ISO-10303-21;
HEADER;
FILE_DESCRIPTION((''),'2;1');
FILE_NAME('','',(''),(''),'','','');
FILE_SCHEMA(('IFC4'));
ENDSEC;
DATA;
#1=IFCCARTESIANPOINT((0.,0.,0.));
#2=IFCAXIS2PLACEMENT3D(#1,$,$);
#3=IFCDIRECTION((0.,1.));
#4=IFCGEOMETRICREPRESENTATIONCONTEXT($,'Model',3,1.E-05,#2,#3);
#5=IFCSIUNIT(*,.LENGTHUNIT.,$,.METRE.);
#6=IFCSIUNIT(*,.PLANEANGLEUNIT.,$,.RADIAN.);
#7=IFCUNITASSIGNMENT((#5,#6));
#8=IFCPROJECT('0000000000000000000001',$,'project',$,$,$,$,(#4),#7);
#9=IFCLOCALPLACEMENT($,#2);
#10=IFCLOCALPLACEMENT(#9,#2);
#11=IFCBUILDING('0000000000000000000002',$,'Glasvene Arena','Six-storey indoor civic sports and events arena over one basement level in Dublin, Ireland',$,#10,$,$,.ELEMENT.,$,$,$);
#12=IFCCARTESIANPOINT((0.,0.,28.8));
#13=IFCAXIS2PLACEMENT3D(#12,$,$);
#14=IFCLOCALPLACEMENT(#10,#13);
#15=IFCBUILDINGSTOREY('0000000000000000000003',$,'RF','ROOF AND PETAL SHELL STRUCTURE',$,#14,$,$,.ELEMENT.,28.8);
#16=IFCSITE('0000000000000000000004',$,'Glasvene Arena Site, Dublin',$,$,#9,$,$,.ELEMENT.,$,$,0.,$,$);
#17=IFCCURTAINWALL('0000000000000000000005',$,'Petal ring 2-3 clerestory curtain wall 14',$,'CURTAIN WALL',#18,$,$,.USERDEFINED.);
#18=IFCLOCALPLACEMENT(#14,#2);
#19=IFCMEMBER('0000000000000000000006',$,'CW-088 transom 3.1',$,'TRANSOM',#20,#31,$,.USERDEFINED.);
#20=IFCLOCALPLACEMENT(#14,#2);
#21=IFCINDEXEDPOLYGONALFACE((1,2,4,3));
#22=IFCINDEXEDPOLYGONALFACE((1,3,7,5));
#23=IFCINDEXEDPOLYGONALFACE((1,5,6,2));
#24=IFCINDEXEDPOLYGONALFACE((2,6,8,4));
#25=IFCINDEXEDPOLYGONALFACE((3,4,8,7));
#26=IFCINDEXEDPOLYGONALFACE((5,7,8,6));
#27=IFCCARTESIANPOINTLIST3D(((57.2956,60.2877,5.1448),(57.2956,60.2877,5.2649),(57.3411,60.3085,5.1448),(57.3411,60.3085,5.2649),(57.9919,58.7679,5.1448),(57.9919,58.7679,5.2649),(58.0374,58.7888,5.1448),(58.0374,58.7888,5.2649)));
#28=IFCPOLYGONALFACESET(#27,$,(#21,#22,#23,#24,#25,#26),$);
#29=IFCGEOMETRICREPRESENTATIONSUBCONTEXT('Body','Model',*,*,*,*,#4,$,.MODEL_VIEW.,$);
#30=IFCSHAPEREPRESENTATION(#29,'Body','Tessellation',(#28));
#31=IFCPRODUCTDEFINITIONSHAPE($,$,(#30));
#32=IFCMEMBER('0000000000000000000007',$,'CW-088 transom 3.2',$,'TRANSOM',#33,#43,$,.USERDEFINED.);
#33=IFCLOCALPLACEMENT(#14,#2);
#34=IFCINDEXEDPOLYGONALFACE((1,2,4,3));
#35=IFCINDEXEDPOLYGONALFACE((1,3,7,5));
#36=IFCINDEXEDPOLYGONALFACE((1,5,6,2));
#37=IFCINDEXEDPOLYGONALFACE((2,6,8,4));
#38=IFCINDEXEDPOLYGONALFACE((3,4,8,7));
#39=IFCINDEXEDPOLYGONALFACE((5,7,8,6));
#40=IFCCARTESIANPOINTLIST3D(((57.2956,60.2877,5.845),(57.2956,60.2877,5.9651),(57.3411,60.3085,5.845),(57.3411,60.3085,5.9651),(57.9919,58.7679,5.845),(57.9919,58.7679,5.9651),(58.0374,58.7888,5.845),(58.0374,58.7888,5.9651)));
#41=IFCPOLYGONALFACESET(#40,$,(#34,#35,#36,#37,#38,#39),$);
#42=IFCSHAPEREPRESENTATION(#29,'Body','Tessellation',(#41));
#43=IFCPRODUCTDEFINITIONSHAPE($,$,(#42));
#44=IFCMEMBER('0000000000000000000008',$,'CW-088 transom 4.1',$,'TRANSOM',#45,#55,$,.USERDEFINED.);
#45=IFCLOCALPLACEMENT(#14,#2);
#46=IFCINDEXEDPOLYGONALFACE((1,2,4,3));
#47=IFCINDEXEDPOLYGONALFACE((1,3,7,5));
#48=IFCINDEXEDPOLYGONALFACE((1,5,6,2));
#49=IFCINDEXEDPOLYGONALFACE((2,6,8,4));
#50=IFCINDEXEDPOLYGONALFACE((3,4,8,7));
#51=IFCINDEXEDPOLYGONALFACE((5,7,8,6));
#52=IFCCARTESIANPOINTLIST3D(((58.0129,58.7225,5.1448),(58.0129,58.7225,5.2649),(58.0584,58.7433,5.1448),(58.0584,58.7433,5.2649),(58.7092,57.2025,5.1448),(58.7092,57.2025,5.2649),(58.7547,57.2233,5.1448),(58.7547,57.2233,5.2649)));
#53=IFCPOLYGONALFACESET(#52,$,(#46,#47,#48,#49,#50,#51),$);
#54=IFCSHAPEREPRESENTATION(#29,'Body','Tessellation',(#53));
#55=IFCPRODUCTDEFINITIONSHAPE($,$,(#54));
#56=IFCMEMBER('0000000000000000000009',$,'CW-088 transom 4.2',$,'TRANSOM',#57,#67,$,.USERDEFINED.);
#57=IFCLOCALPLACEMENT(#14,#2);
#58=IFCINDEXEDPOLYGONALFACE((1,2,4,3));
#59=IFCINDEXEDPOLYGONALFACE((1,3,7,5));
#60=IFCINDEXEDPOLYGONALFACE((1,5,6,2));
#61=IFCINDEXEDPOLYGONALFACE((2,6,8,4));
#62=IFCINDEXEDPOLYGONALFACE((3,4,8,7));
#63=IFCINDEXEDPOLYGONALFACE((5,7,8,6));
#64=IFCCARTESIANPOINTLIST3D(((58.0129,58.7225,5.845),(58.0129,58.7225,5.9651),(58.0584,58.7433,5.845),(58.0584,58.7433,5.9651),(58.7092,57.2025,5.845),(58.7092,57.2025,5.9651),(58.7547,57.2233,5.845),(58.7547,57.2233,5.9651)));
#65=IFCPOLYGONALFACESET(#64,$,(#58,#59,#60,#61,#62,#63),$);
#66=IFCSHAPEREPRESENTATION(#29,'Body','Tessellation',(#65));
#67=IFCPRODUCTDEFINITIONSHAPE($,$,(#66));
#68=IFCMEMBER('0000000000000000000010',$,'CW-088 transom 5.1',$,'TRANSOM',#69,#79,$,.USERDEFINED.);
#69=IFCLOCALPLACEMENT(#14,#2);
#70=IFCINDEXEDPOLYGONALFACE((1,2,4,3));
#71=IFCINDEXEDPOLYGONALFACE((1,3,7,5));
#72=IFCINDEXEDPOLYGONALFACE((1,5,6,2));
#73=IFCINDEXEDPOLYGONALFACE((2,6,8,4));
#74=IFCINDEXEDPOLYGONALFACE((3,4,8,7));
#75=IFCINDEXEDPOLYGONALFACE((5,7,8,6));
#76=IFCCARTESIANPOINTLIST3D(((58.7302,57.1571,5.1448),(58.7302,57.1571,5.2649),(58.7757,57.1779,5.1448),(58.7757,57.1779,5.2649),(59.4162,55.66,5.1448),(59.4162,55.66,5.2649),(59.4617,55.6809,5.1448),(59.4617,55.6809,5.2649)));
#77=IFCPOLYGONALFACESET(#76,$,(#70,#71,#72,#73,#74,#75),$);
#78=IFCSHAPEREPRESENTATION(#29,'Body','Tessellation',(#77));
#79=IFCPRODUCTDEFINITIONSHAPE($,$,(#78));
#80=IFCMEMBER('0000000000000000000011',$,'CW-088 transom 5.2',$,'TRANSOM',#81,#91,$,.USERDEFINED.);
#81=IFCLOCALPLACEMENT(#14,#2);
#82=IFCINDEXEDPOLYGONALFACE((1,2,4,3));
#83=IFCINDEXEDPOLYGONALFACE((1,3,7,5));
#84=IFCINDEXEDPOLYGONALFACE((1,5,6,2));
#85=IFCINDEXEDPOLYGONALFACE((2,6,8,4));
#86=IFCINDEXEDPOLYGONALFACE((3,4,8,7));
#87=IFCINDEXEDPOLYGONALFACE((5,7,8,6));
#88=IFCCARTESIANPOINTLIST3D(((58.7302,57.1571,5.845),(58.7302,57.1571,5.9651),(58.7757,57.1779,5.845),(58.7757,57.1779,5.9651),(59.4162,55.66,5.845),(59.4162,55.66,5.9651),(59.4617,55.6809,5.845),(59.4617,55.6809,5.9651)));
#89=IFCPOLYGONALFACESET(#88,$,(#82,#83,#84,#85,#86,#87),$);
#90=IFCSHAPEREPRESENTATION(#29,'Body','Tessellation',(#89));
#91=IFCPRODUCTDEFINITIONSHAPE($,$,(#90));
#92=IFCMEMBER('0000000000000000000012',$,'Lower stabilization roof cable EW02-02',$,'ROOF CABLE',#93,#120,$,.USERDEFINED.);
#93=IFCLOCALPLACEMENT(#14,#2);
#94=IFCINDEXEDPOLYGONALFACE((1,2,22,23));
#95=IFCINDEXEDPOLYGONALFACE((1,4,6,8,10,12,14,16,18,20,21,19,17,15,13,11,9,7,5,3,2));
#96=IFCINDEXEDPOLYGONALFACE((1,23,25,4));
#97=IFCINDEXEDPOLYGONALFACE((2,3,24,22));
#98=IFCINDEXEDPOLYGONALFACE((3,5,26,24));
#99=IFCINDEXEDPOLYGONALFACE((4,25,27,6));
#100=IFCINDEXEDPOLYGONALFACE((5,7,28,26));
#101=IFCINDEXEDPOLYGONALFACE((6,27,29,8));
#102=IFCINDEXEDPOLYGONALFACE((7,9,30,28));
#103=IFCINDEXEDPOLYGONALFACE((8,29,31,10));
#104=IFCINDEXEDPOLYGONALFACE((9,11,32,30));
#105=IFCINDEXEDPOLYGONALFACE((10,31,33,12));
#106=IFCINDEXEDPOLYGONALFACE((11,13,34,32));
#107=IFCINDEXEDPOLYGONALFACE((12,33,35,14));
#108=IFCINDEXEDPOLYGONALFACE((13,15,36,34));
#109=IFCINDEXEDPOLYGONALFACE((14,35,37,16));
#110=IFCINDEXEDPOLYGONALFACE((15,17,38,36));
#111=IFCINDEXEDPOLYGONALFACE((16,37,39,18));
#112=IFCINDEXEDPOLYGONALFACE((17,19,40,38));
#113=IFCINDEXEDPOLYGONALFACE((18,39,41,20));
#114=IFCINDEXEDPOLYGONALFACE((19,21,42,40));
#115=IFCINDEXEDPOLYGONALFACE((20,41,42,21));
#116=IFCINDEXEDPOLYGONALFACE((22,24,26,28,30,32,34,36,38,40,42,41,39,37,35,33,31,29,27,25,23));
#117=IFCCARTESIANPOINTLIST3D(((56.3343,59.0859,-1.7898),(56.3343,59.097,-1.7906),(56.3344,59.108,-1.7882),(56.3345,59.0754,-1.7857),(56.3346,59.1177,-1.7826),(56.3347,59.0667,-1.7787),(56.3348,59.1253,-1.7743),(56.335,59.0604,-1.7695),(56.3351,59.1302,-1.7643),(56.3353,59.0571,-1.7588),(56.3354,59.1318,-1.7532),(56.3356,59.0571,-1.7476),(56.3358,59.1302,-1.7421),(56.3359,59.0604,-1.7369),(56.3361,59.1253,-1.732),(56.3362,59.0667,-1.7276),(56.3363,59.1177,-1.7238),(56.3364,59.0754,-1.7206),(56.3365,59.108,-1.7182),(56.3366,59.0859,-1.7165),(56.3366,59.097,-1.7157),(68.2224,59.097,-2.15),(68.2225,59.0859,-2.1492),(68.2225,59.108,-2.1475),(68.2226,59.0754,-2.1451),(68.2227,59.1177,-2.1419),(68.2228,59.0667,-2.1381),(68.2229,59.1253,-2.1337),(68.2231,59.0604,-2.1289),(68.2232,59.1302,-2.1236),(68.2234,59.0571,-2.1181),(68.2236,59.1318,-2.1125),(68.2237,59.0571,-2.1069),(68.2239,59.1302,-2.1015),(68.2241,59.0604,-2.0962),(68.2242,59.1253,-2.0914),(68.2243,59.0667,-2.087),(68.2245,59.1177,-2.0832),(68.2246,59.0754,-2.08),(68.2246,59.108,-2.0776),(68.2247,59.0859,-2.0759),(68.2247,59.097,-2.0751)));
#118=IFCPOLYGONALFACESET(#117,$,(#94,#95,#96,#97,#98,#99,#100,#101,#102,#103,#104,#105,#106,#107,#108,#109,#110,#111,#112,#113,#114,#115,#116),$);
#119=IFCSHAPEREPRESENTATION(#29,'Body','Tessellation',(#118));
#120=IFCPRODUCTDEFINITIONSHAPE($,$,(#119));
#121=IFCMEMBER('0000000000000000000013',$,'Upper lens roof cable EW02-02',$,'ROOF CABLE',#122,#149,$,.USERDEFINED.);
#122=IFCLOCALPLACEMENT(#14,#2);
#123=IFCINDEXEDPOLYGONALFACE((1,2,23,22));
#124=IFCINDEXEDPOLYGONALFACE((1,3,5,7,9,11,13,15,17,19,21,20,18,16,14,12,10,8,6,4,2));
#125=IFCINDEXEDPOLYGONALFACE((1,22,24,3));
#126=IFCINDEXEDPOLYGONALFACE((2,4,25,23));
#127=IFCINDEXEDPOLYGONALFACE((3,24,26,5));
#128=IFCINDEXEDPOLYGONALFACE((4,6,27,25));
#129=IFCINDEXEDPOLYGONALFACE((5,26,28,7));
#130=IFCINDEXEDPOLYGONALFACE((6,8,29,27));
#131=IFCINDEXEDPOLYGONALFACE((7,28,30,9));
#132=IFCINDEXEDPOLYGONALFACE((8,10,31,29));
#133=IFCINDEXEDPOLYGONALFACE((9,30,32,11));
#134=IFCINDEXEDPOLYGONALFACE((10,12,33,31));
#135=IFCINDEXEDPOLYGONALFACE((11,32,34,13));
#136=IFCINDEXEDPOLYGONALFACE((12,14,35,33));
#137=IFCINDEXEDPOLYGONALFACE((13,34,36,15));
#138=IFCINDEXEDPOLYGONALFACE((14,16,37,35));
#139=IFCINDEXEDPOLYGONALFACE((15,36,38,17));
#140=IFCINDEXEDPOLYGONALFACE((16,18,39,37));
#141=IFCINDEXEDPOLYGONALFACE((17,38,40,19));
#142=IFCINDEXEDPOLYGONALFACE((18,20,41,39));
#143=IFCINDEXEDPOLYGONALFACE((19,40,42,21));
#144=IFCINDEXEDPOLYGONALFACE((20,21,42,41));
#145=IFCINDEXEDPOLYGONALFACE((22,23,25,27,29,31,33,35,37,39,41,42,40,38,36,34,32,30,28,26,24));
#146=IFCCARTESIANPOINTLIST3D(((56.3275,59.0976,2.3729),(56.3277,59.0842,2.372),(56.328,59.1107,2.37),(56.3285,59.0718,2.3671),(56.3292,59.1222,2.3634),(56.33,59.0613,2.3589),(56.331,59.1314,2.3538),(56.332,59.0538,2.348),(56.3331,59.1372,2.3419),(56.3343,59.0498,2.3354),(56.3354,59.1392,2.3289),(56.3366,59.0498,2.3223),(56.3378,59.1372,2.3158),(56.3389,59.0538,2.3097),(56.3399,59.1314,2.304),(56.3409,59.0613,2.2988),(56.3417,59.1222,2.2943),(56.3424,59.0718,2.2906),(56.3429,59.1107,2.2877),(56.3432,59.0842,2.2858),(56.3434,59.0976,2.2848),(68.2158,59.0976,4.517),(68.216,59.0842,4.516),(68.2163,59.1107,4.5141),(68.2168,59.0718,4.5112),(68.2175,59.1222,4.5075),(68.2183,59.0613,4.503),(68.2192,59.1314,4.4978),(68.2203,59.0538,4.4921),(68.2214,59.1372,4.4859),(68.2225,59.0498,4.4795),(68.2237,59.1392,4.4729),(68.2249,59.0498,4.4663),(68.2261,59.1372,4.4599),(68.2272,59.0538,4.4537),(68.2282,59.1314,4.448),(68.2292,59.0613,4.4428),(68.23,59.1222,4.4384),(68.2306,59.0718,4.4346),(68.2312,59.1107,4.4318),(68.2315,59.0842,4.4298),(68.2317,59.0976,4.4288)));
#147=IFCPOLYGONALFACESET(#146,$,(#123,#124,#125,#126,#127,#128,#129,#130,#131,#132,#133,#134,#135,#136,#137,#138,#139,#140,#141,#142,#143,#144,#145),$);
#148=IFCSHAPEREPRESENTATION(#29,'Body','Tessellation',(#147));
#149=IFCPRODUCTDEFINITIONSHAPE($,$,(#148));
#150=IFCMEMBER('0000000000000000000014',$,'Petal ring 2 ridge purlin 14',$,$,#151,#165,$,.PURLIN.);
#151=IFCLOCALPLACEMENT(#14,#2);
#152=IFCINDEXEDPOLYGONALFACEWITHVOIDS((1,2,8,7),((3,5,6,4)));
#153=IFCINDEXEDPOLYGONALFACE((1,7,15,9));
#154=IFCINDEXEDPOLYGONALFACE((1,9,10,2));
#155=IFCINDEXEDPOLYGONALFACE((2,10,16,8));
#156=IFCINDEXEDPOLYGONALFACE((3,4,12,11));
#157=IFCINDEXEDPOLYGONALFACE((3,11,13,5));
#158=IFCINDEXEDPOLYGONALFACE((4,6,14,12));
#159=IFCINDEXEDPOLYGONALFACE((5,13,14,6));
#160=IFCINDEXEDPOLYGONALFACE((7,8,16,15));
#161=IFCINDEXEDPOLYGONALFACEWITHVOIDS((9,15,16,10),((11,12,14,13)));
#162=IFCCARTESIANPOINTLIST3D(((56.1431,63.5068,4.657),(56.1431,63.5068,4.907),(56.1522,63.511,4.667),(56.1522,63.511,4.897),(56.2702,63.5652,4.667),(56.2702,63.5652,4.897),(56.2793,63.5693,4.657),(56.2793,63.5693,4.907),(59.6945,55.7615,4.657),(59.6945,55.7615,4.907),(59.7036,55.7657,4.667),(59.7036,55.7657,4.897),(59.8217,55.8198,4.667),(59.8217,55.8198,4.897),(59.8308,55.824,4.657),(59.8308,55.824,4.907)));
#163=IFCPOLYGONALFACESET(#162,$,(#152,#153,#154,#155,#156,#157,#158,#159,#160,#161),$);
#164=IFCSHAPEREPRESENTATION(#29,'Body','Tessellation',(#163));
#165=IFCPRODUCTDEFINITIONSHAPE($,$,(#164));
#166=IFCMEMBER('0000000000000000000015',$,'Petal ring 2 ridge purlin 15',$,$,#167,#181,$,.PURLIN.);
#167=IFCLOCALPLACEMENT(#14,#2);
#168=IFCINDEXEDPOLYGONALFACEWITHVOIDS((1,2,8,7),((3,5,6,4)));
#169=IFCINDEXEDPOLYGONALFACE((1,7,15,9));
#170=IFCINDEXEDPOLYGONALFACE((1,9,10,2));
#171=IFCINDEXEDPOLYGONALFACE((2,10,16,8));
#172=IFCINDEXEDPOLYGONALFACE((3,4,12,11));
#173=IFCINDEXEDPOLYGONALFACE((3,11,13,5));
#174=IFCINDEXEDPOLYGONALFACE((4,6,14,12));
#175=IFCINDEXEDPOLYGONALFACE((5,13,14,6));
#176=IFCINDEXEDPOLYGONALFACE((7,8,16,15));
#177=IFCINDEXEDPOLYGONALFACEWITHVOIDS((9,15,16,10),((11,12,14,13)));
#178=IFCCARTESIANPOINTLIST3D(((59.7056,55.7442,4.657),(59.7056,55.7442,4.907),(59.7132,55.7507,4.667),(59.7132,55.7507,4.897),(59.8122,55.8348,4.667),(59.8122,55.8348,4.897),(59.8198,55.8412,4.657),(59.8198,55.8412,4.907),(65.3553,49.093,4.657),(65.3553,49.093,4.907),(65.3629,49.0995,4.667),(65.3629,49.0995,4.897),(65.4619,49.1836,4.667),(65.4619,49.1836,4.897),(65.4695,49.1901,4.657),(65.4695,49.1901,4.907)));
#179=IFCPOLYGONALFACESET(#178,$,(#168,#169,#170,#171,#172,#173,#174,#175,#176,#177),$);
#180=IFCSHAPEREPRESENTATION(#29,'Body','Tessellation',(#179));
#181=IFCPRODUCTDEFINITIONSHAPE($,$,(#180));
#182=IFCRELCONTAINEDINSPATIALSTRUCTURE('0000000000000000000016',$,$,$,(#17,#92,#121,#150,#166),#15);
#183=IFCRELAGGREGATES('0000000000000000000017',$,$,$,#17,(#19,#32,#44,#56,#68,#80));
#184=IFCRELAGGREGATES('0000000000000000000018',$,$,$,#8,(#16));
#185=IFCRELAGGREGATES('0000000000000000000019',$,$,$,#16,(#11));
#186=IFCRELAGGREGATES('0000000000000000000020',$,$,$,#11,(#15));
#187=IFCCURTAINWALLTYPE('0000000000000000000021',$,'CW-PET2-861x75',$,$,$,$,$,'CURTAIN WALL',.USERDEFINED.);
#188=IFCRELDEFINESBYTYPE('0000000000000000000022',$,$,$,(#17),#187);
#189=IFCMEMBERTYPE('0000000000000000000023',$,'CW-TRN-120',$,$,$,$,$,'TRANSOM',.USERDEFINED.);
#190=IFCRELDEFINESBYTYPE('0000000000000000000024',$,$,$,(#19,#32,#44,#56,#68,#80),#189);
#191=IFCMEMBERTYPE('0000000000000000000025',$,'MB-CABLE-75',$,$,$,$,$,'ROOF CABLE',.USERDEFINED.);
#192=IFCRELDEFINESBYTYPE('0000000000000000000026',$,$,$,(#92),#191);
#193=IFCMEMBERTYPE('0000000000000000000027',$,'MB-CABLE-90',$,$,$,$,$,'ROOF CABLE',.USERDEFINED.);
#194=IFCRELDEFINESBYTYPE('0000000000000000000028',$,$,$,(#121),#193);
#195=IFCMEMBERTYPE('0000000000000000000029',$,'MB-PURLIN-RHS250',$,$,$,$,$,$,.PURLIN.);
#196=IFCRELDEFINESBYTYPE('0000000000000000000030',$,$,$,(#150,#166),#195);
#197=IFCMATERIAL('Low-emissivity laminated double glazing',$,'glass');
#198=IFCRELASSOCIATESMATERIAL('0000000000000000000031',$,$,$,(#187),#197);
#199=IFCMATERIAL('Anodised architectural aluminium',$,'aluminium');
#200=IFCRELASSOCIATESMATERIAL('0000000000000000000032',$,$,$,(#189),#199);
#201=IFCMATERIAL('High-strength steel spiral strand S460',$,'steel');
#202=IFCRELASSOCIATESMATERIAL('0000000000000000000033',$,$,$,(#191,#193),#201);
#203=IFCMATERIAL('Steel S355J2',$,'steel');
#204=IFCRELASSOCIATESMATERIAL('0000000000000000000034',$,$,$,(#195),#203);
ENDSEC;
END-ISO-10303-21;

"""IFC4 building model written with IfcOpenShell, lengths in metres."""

from ifc_helpers import new_model, si_unit, direction, frame, origin, origin_2d, place, context, subcontext, project, spatial, rectangle, hollow_rectangle, circle, extrude, material, material_profile, profile_set, type_object, element, aggregate, save


model = new_model("IFC4")

# Units and contexts
model_context = context("Model", 3, precision=1e-05, world=origin(), true_north=direction((0.0, 1.0)))
body_context = subcontext(model_context, "Body", "Model", "MODEL_VIEW")
ifc_project = project(units=[si_unit("LENGTHUNIT", "METRE"), si_unit("PLANEANGLEUNIT", "RADIAN")], contexts=[model_context])

# Site, building, storey
site_placement = place(None, origin())
site = spatial("IfcSite", under=ifc_project, at=site_placement, Name="Glasvene Arena Site, Dublin", CompositionType="ELEMENT", RefElevation=0.0)
building_placement = place(site_placement, origin())
building = spatial("IfcBuilding", under=site, at=building_placement, Name="Glasvene Arena", Description="Six-storey indoor civic sports and events arena over one basement level in Dublin, Ireland", CompositionType="ELEMENT")
storey_placement = place(building_placement, frame((0.0, 0.0, 28.8)))
storey = spatial("IfcBuildingStorey", under=building, at=storey_placement, Name="RF", Description="ROOF AND PETAL SHELL STRUCTURE", CompositionType="ELEMENT", Elevation=28.8)

# Shared definitions
ifc_material_1 = material(Name="Low-emissivity laminated double glazing", Category="glass")
ifc_material_2 = material(Name="Anodised architectural aluminium", Category="aluminium")

# Curtain wall
curtain_wall_type_1 = type_object("IfcCurtainWallType", Name="CW-PET2-861x75", ElementType="CURTAIN WALL", PredefinedType="USERDEFINED", material=ifc_material_1)
curtain_wall_1_placement = place(storey_placement, frame((55.8733, 63.4514, 0.0)))
curtain_wall_1 = element("IfcCurtainWall", 1, at=curtain_wall_1_placement, inside=storey, type_object=curtain_wall_type_1, Name="Petal ring 2-3 clerestory curtain wall 14", ObjectType="CURTAIN WALL", PredefinedType="USERDEFINED")

# Members
ifc_material_profile_1 = material_profile(ifc_material_2, rectangle(XDim=0.05, YDim=0.1201, at=origin_2d()), Name="ALU TRANSOM 50x120")
ifc_profile_set_1 = profile_set([ifc_material_profile_1], Name="Anodised architectural aluminium")
member_type_1 = type_object("IfcMemberType", Name="CW-TRN-120", ElementType="TRANSOM", PredefinedType="USERDEFINED", material=ifc_profile_set_1)
member_1_placement = place(storey_placement, frame((57.3184, 60.2981, 5.2048), z_axis=(0.416519, -0.909127, 0.0), x_axis=(0.909127, 0.416519, 0.0)))
member_1 = element("IfcMember", 2, at=member_1_placement, type_object=member_type_1, Name="CW-088 transom 3.1", ObjectType="TRANSOM", PredefinedType="USERDEFINED", context=body_context, shape_type="SweptSolid", body=[
    extrude(rectangle(XDim=0.05, YDim=0.1201, at=origin_2d()), origin(), (0.0, 0.0, 1.0), 1.6716),
])
member_2_placement = place(storey_placement, frame((57.3184, 60.2981, 5.905), z_axis=(0.416519, -0.909127, 0.0), x_axis=(0.909127, 0.416519, 0.0)))
member_2 = element("IfcMember", 3, at=member_2_placement, type_object=member_type_1, Name="CW-088 transom 3.2", ObjectType="TRANSOM", PredefinedType="USERDEFINED", context=body_context, shape_type="SweptSolid", body=[
    extrude(rectangle(XDim=0.05, YDim=0.1201, at=origin_2d()), origin(), (0.0, 0.0, 1.0), 1.6716),
])
member_3_placement = place(storey_placement, frame((58.0356, 58.7329, 5.2048), z_axis=(0.416464, -0.909152, 0.0), x_axis=(0.909152, 0.416464, 0.0)))
member_3 = element("IfcMember", 4, at=member_3_placement, type_object=member_type_1, Name="CW-088 transom 4.1", ObjectType="TRANSOM", PredefinedType="USERDEFINED", context=body_context, shape_type="SweptSolid", body=[
    extrude(rectangle(XDim=0.05, YDim=0.1201, at=origin_2d()), origin(), (0.0, 0.0, 1.0), 1.6719),
])
member_4_placement = place(storey_placement, frame((58.0356, 58.7329, 5.905), z_axis=(0.416464, -0.909152, 0.0), x_axis=(0.909152, 0.416464, 0.0)))
member_4 = element("IfcMember", 5, at=member_4_placement, type_object=member_type_1, Name="CW-088 transom 4.2", ObjectType="TRANSOM", PredefinedType="USERDEFINED", context=body_context, shape_type="SweptSolid", body=[
    extrude(rectangle(XDim=0.05, YDim=0.1201, at=origin_2d()), origin(), (0.0, 0.0, 1.0), 1.6719),
])
member_5_placement = place(storey_placement, frame((58.7529, 57.1675, 5.2048), z_axis=(0.416593, -0.909093, 0.0), x_axis=(0.909093, 0.416593, 0.0)))
member_5 = element("IfcMember", 6, at=member_5_placement, type_object=member_type_1, Name="CW-088 transom 5.1", ObjectType="TRANSOM", PredefinedType="USERDEFINED", context=body_context, shape_type="SweptSolid", body=[
    extrude(rectangle(XDim=0.05, YDim=0.1201, at=origin_2d()), origin(), (0.0, 0.0, 1.0), 1.6467),
])
member_6_placement = place(storey_placement, frame((58.7529, 57.1675, 5.905), z_axis=(0.416593, -0.909093, 0.0), x_axis=(0.909093, 0.416593, 0.0)))
member_6 = element("IfcMember", 7, at=member_6_placement, type_object=member_type_1, Name="CW-088 transom 5.2", ObjectType="TRANSOM", PredefinedType="USERDEFINED", context=body_context, shape_type="SweptSolid", body=[
    extrude(rectangle(XDim=0.05, YDim=0.1201, at=origin_2d()), origin(), (0.0, 0.0, 1.0), 1.6467),
])

# Members
ifc_material_3 = material(Name="High-strength steel spiral strand S460", Category="steel")
ifc_material_profile_2 = material_profile(ifc_material_3, circle(Radius=0.0376, at=origin_2d()), Name="LCSS D75")
ifc_profile_set_2 = profile_set([ifc_material_profile_2], Name="High-strength steel spiral strand S460")
member_type_2 = type_object("IfcMemberType", Name="MB-CABLE-75", ElementType="ROOF CABLE", PredefinedType="USERDEFINED", material=ifc_profile_set_2)
member_7_placement = place(storey_placement, frame((56.3354, 59.0942, -1.7532), z_axis=(0.999543, 0.0, -0.030216), x_axis=(0.0, 1.0, 0.0)))
element("IfcMember", 8, at=member_7_placement, inside=storey, type_object=member_type_2, Name="Lower stabilization roof cable EW02-02", ObjectType="ROOF CABLE", PredefinedType="USERDEFINED", context=body_context, shape_type="SweptSolid", body=[
    extrude(circle(Radius=0.0376, at=origin_2d()), origin(), (0.0, 0.0, 1.0), 11.8936),
])
ifc_material_profile_3 = material_profile(ifc_material_3, circle(Radius=0.0449, at=origin_2d()), Name="LCSS D90")
ifc_profile_set_3 = profile_set([ifc_material_profile_3], Name="High-strength steel spiral strand S460")
member_type_3 = type_object("IfcMemberType", Name="MB-CABLE-90", ElementType="ROOF CABLE", PredefinedType="USERDEFINED", material=ifc_profile_set_3)
member_8_placement = place(storey_placement, frame((56.3354, 59.0942, 2.3289), z_axis=(0.984123, 0.0, 0.177487), x_axis=(0.0, 1.0, 0.0)))
element("IfcMember", 9, at=member_8_placement, inside=storey, type_object=member_type_3, Name="Upper lens roof cable EW02-02", ObjectType="ROOF CABLE", PredefinedType="USERDEFINED", context=body_context, shape_type="SweptSolid", body=[
    extrude(circle(Radius=0.0449, at=origin_2d()), origin(), (0.0, 0.0, 1.0), 12.0801),
])
ifc_material_4 = material(Name="Steel S355J2", Category="steel")
ifc_material_profile_4 = material_profile(ifc_material_4, hollow_rectangle(XDim=0.1499, YDim=0.25, WallThickness=0.01, at=origin_2d()), Name="RHS 250x150x10.0")
ifc_profile_set_4 = profile_set([ifc_material_profile_4], Name="Steel S355J2")
member_type_4 = type_object("IfcMemberType", Name="MB-PURLIN-RHS250", PredefinedType="PURLIN", material=ifc_profile_set_4)
member_9_placement = place(storey_placement, frame((56.2112, 63.5381, 4.782), z_axis=(0.416806, -0.908996, 0.0), x_axis=(0.908996, 0.416806, 0.0)))
element("IfcMember", 10, at=member_9_placement, inside=storey, type_object=member_type_4, Name="Petal ring 2 ridge purlin 14", PredefinedType="PURLIN", context=body_context, shape_type="SweptSolid", body=[
    extrude(hollow_rectangle(XDim=0.1499, YDim=0.25, WallThickness=0.01, at=origin_2d()), origin(), (0.0, 0.0, 1.0), 8.5208),
])
member_10_placement = place(storey_placement, frame((59.7627, 55.7927, 4.782), z_axis=(0.647396, -0.762154, 0.0), x_axis=(0.762154, 0.647396, 0.0)))
element("IfcMember", 11, at=member_10_placement, inside=storey, type_object=member_type_4, Name="Petal ring 2 ridge purlin 15", PredefinedType="PURLIN", context=body_context, shape_type="SweptSolid", body=[
    extrude(hollow_rectangle(XDim=0.1499, YDim=0.25, WallThickness=0.01, at=origin_2d()), origin(), (0.0, 0.0, 1.0), 8.7268),
])

aggregate(curtain_wall_1, [member_1, member_2, member_3, member_4, member_5, member_6])

save(model, "model.ifc")
